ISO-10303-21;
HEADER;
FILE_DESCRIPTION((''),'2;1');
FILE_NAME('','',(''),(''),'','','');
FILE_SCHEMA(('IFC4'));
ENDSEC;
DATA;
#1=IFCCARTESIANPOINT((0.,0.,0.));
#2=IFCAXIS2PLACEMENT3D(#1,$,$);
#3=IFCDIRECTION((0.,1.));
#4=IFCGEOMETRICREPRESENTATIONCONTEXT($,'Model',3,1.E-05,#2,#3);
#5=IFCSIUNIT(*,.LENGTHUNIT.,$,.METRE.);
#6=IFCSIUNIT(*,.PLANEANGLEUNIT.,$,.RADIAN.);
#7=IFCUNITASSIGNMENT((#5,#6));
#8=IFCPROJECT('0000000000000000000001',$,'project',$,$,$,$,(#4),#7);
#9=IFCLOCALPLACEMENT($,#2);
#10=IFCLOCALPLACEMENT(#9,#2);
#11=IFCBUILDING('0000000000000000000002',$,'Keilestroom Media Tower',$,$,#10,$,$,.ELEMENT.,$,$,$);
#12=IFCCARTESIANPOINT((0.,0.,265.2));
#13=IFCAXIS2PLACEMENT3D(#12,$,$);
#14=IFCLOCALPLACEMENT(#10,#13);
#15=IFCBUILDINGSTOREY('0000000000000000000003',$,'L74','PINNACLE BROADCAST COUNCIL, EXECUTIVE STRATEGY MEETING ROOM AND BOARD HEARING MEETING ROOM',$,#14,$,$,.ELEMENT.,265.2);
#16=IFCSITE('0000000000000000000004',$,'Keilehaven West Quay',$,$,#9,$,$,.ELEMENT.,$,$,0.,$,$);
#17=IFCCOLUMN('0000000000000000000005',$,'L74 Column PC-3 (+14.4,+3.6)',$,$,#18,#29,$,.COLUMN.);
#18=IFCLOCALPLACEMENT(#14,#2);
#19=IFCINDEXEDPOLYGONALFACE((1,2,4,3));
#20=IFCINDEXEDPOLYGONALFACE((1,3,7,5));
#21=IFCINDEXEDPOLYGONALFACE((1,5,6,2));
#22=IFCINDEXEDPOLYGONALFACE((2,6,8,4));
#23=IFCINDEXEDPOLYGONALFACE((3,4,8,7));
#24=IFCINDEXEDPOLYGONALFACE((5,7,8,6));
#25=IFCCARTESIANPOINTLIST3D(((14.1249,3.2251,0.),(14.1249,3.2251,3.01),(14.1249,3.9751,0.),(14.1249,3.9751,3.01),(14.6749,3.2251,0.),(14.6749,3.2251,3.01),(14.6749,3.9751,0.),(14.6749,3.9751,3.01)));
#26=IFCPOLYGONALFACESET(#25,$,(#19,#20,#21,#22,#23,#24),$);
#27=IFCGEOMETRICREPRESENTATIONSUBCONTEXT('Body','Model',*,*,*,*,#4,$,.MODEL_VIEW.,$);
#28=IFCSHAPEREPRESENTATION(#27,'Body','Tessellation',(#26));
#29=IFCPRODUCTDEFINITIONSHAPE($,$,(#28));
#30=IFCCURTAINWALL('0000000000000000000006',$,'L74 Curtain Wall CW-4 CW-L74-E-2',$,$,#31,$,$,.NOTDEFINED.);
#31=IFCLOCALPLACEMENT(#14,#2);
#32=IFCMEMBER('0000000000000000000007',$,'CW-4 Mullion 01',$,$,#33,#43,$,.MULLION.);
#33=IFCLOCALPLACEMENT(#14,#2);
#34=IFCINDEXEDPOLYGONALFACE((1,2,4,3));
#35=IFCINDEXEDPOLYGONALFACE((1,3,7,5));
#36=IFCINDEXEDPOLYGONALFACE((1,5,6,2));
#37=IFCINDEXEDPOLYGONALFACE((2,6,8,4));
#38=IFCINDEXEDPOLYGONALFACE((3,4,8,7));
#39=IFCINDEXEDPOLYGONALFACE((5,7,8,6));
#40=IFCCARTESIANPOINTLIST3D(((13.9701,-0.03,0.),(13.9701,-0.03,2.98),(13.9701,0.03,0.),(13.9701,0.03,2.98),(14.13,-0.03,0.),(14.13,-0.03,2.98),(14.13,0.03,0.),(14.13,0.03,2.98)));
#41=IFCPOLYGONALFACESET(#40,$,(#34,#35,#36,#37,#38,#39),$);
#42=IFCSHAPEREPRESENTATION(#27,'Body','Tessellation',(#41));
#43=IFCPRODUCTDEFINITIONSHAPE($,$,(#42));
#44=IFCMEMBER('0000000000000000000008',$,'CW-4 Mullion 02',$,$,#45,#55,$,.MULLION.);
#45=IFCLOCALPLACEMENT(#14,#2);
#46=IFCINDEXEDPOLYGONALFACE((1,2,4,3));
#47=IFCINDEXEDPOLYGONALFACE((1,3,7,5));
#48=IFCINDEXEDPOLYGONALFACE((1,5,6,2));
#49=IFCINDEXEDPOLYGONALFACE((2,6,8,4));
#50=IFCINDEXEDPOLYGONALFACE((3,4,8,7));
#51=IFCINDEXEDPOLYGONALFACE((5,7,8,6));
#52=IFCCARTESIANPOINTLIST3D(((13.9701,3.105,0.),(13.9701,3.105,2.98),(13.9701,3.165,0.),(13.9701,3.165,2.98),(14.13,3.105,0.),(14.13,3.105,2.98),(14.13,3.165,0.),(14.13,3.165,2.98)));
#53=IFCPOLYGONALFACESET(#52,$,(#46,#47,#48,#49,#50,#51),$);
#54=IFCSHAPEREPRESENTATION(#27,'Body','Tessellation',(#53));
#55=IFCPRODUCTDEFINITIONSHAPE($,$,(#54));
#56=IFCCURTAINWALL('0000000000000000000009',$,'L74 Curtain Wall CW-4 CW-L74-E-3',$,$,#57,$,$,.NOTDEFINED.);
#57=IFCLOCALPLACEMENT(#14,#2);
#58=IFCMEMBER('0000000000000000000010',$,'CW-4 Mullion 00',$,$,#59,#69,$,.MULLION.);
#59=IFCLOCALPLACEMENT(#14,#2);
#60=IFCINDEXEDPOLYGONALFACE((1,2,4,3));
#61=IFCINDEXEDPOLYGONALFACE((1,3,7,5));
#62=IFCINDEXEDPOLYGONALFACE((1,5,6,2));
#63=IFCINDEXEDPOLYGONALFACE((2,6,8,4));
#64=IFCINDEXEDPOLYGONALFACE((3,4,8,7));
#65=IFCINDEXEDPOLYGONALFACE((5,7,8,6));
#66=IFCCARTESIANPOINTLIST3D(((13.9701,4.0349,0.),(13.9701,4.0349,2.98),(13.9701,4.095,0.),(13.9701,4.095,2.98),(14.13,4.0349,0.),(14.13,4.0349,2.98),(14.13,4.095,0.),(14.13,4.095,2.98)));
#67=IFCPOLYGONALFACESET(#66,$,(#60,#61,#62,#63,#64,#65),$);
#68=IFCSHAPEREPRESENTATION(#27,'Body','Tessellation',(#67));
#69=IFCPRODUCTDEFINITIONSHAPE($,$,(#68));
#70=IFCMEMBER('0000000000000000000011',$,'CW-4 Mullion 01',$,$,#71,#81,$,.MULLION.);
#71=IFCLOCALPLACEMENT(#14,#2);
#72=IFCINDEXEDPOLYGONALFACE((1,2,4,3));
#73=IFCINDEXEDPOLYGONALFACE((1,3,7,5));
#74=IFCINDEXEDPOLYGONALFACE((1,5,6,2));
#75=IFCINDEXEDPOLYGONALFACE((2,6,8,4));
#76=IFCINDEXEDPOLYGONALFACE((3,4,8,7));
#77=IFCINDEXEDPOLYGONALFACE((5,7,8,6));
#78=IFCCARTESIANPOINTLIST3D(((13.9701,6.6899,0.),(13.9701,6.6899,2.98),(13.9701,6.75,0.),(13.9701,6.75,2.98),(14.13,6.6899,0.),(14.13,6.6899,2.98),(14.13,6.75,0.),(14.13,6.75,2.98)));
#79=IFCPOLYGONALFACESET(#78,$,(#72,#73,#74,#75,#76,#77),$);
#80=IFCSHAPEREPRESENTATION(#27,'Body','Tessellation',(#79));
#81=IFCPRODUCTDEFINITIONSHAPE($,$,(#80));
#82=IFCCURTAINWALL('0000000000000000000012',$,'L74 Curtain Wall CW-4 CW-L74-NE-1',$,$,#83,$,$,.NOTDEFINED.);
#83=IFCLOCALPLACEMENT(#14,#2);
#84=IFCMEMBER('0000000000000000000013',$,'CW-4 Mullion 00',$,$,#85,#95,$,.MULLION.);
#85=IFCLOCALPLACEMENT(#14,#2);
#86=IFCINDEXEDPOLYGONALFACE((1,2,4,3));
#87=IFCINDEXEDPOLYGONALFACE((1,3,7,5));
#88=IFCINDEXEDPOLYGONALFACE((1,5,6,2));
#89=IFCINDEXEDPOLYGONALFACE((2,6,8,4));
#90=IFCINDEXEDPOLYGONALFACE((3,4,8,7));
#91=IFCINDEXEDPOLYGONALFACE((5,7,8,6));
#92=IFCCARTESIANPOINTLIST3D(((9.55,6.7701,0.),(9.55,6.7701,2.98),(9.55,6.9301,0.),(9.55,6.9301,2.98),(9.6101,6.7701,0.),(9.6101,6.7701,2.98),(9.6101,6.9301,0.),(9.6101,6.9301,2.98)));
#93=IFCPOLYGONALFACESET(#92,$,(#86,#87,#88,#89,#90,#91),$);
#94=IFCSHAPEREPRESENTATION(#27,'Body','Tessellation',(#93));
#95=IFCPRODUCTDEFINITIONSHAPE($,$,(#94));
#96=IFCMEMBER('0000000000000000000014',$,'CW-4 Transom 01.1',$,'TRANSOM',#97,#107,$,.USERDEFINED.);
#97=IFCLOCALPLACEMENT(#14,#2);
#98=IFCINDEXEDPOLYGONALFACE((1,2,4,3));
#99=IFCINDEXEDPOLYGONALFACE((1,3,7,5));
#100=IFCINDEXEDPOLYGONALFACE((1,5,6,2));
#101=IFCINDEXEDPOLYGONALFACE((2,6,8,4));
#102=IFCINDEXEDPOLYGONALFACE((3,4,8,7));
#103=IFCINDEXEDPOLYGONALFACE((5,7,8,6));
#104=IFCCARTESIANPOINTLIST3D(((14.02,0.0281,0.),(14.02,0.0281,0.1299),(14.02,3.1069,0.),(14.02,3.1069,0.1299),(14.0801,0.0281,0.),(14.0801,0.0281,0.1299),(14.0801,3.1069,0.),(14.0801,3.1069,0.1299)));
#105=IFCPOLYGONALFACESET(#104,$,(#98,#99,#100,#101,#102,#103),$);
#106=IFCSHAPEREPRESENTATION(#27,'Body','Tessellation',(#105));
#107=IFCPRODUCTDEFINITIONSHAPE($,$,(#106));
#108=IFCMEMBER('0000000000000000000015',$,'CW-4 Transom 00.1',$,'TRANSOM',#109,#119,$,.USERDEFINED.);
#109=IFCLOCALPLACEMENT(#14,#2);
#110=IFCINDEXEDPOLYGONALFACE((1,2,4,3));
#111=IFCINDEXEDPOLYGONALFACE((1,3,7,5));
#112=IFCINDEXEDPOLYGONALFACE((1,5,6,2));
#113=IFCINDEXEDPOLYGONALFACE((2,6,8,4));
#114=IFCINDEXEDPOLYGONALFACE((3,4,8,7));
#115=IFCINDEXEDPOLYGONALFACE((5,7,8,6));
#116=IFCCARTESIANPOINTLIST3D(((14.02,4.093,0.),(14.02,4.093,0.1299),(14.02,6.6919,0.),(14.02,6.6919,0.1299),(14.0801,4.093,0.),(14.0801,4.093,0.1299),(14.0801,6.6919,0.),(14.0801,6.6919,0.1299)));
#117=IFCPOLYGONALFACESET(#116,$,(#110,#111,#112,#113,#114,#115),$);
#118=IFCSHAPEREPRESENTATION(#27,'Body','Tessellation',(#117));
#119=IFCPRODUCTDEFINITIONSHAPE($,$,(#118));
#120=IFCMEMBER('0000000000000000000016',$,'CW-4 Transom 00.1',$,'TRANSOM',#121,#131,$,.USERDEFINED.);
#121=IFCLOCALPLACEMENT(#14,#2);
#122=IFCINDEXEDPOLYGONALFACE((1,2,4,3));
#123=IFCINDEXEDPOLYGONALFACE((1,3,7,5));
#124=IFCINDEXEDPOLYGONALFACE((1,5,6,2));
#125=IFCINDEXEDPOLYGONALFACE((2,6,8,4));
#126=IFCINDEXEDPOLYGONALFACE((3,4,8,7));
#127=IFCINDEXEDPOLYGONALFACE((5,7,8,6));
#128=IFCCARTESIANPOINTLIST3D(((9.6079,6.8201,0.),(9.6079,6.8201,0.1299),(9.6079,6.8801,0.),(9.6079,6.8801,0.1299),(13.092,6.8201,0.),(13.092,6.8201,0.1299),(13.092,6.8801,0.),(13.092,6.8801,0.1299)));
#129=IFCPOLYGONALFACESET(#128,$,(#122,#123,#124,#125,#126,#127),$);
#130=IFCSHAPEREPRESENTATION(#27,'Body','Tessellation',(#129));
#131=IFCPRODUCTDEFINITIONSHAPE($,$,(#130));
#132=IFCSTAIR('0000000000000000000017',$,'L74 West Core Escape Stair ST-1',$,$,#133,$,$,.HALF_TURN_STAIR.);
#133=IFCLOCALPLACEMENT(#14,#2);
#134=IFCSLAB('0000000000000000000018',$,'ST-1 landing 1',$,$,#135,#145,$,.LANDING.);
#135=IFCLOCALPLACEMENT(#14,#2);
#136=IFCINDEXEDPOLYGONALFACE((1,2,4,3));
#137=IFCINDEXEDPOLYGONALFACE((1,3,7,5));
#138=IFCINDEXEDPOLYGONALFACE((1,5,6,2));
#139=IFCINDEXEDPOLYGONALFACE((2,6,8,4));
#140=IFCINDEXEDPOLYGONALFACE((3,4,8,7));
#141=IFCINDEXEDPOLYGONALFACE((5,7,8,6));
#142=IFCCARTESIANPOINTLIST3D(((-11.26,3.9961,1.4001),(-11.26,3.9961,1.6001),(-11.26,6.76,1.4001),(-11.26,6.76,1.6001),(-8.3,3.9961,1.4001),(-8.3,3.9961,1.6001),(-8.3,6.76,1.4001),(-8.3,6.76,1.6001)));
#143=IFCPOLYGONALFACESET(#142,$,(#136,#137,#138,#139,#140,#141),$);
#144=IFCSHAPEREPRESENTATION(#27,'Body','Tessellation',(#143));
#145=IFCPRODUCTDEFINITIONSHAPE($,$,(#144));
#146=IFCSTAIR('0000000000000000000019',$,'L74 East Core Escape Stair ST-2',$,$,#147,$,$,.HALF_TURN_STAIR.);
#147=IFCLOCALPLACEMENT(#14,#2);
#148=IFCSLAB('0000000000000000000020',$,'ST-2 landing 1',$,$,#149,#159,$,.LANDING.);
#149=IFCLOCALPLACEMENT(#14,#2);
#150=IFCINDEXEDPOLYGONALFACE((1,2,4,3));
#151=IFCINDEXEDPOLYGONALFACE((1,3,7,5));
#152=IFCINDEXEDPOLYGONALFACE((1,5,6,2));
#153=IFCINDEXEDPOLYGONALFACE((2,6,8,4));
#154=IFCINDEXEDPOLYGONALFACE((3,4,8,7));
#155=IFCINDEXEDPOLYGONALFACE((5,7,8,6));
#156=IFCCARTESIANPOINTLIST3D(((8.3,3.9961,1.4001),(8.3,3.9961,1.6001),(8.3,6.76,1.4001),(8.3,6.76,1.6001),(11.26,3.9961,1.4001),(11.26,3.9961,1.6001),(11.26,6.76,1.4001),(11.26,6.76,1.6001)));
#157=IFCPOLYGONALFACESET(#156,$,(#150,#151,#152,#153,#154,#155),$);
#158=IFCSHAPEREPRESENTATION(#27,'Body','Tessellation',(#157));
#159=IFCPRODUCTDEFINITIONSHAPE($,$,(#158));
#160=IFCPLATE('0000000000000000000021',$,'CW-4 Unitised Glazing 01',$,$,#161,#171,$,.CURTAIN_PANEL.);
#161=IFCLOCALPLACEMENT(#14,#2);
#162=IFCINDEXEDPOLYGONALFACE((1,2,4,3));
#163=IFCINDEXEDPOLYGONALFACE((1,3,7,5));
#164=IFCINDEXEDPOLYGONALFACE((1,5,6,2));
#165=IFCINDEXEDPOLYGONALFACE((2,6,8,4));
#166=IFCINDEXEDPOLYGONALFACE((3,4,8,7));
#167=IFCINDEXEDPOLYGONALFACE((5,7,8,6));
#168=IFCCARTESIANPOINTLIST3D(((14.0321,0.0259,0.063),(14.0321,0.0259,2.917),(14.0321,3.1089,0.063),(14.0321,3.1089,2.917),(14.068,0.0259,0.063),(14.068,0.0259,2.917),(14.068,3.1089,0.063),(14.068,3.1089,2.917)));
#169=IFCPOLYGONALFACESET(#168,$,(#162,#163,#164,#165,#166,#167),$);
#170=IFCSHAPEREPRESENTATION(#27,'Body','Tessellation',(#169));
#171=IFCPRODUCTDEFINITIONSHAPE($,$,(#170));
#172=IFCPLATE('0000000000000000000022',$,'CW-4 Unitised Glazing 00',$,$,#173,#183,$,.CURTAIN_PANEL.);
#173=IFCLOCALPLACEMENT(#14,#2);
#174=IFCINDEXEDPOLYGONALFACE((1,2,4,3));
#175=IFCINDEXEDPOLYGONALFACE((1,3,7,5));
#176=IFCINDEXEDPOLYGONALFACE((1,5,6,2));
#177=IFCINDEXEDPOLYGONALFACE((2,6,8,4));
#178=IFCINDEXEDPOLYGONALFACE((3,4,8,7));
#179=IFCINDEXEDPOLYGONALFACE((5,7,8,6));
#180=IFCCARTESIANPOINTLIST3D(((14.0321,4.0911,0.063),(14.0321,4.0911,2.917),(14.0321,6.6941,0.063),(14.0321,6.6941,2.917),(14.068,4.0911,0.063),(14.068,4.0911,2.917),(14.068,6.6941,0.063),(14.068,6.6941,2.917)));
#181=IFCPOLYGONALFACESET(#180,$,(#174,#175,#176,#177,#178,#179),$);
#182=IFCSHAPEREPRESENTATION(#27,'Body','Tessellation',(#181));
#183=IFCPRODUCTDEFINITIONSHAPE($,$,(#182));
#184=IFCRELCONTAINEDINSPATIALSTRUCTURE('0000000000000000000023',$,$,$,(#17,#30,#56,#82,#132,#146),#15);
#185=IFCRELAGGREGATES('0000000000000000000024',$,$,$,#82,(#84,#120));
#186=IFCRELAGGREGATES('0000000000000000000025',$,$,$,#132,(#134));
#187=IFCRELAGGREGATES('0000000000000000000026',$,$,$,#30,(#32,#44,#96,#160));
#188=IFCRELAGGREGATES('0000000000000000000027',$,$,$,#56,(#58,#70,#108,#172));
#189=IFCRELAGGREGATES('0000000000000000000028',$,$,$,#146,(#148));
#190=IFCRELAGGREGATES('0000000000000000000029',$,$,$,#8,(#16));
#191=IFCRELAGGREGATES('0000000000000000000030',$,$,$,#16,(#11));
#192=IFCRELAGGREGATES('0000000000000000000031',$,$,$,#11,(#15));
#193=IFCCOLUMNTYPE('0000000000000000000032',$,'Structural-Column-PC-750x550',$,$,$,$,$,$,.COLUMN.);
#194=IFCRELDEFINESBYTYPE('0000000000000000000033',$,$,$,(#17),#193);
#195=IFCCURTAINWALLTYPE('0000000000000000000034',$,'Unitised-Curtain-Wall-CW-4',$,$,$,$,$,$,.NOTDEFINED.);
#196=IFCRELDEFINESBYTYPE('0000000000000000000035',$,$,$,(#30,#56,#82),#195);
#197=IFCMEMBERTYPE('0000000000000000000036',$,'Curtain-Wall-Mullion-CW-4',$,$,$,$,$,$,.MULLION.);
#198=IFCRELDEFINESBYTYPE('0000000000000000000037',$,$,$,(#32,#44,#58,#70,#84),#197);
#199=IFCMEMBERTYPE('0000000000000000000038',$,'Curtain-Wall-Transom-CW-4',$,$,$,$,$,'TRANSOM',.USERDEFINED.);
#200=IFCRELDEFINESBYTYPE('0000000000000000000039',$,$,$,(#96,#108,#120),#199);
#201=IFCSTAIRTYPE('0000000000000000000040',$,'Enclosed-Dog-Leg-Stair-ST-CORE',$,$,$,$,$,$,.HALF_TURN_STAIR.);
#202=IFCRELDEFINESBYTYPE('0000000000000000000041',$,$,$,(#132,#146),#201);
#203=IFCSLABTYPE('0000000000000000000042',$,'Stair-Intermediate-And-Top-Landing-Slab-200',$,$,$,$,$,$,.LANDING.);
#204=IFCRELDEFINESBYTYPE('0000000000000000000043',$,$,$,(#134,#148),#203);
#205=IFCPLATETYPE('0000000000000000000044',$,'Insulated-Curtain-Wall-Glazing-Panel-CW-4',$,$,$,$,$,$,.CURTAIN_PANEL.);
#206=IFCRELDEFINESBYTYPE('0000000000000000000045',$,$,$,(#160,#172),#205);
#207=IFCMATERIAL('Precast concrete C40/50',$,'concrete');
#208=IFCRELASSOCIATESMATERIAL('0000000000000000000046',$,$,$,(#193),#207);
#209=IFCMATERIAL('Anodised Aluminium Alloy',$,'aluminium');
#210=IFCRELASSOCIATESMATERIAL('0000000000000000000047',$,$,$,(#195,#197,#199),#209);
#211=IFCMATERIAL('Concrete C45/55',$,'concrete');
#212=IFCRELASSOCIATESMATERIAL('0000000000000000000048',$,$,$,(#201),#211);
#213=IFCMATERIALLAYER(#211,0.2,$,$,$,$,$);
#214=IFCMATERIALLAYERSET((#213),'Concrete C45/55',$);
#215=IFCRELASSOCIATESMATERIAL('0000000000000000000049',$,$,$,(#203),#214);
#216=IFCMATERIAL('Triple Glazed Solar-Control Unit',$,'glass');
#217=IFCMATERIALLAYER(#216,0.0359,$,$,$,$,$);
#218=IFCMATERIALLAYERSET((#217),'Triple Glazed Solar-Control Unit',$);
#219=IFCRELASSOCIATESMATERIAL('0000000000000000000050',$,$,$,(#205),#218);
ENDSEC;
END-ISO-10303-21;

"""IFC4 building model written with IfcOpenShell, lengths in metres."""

from ifc_helpers import new_model, si_unit, direction, frame, origin, origin_2d, place, context, subcontext, project, spatial, polyline, rectangle, outline, extrude, source, transform, mapped, material, layer, layer_set, material_profile, profile_set, type_object, element, aggregate, save


model = new_model("IFC4")

# Units and contexts
model_context = context("Model", 3, precision=1e-05, world=origin(), true_north=direction((0.0, 1.0)))
body_context = subcontext(model_context, "Body", "Model", "MODEL_VIEW")
ifc_project = project(units=[si_unit("LENGTHUNIT", "METRE"), si_unit("PLANEANGLEUNIT", "RADIAN")], contexts=[model_context])

# Site, building, storey
site_placement = place(None, origin())
site = spatial("IfcSite", under=ifc_project, at=site_placement, Name="Keilehaven West Quay", CompositionType="ELEMENT", RefElevation=0.0)
building_placement = place(site_placement, origin())
building = spatial("IfcBuilding", under=site, at=building_placement, Name="Keilestroom Media Tower", CompositionType="ELEMENT")
storey_placement = place(building_placement, frame((0.0, 0.0, 265.2)))
storey = spatial("IfcBuildingStorey", under=building, at=storey_placement, Name="L74", Description="PINNACLE BROADCAST COUNCIL, EXECUTIVE STRATEGY MEETING ROOM AND BOARD HEARING MEETING ROOM", CompositionType="ELEMENT", Elevation=265.2)

# Column
ifc_material_1 = material(Name="Precast concrete C40/50", Category="concrete")
ifc_material_profile_1 = material_profile(ifc_material_1, rectangle(XDim=0.55, YDim=0.75, at=origin_2d()), Name="PC 750x550")
ifc_profile_set_1 = profile_set([ifc_material_profile_1], Name="Precast concrete C40/50")
column_type = type_object("IfcColumnType", Name="Structural-Column-PC-750x550", PredefinedType="COLUMN", material=ifc_profile_set_1)
shared_shape_1 = source(origin(), body_context, "Body", "SweptSolid", [
    extrude(rectangle(XDim=0.55, YDim=0.75, at=origin_2d()), origin(), (0.0, 0.0, 1.0), 3.01),
])
column_placement = place(storey_placement, frame((14.3999, 3.6001, 0.0), z_axis=(0.0, 0.0, 1.0), x_axis=(1.0, 0.0, 0.0)))
element("IfcColumn", 1, at=column_placement, inside=storey, type_object=column_type, Name="L74 Column PC-3 (+14.4,+3.6)", PredefinedType="COLUMN", context=body_context, shape_type="MappedRepresentation", body=[
    mapped(shared_shape_1, transform((0.0, 0.0, 0.0), x_axis=(1.0, 0.0, 0.0), y_axis=(0.0, 1.0, 0.0), z_axis=(0.0, 0.0, 1.0), scale=1.0)),
])

# Curtain walls, members
ifc_material_2 = material(Name="Anodised Aluminium Alloy", Category="aluminium")
curtain_wall_type = type_object("IfcCurtainWallType", Name="Unitised-Curtain-Wall-CW-4", PredefinedType="NOTDEFINED", material=ifc_material_2)
curtain_wall_1_placement = place(storey_placement, origin())
curtain_wall_1 = element("IfcCurtainWall", 2, at=curtain_wall_1_placement, inside=storey, type_object=curtain_wall_type, Name="L74 Curtain Wall CW-4 CW-L74-E-2", PredefinedType="NOTDEFINED")
ifc_material_profile_2 = material_profile(ifc_material_2, rectangle(XDim=0.0601, YDim=0.1599, at=origin_2d()), Name="ALU MULLION 60x160")
ifc_profile_set_2 = profile_set([ifc_material_profile_2], Name="Anodised Aluminium Alloy")
member_type_1 = type_object("IfcMemberType", Name="Curtain-Wall-Mullion-CW-4", PredefinedType="MULLION", material=ifc_profile_set_2)
shared_shape_2 = source(origin(), body_context, "Body", "SweptSolid", [
    extrude(rectangle(XDim=0.0601, YDim=0.1599, at=origin_2d()), origin(), (0.0, 0.0, 1.0), 2.98),
])
member_1_placement = place(storey_placement, frame((14.05, 0.0, 0.0), z_axis=(0.0, 0.0, 1.0), x_axis=(0.0, 1.0, 0.0)))
member_1 = element("IfcMember", 3, at=member_1_placement, type_object=member_type_1, Name="CW-4 Mullion 01", PredefinedType="MULLION", context=body_context, shape_type="MappedRepresentation", body=[
    mapped(shared_shape_2, transform((0.0, 0.0, 0.0), x_axis=(1.0, 0.0, 0.0), y_axis=(0.0, 1.0, 0.0), z_axis=(0.0, 0.0, 1.0), scale=1.0)),
])
member_2_placement = place(storey_placement, frame((14.05, 3.135, 0.0), z_axis=(0.0, 0.0, 1.0), x_axis=(0.0, 1.0, 0.0)))
member_2 = element("IfcMember", 4, at=member_2_placement, type_object=member_type_1, Name="CW-4 Mullion 02", PredefinedType="MULLION", context=body_context, shape_type="MappedRepresentation", body=[
    mapped(shared_shape_2, transform((0.0, 0.0, 0.0), x_axis=(1.0, 0.0, 0.0), y_axis=(0.0, 1.0, 0.0), z_axis=(0.0, 0.0, 1.0), scale=1.0)),
])
curtain_wall_2_placement = place(storey_placement, origin())
curtain_wall_2 = element("IfcCurtainWall", 5, at=curtain_wall_2_placement, inside=storey, type_object=curtain_wall_type, Name="L74 Curtain Wall CW-4 CW-L74-E-3", PredefinedType="NOTDEFINED")
member_3_placement = place(storey_placement, frame((14.05, 4.0649, 0.0), z_axis=(0.0, 0.0, 1.0), x_axis=(0.0, 1.0, 0.0)))
member_3 = element("IfcMember", 6, at=member_3_placement, type_object=member_type_1, Name="CW-4 Mullion 00", PredefinedType="MULLION", context=body_context, shape_type="MappedRepresentation", body=[
    mapped(shared_shape_2, transform((0.0, 0.0, 0.0), x_axis=(1.0, 0.0, 0.0), y_axis=(0.0, 1.0, 0.0), z_axis=(0.0, 0.0, 1.0), scale=1.0)),
])
member_4_placement = place(storey_placement, frame((14.05, 6.72, 0.0), z_axis=(0.0, 0.0, 1.0), x_axis=(0.0, 1.0, 0.0)))
member_4 = element("IfcMember", 7, at=member_4_placement, type_object=member_type_1, Name="CW-4 Mullion 01", PredefinedType="MULLION", context=body_context, shape_type="MappedRepresentation", body=[
    mapped(shared_shape_2, transform((0.0, 0.0, 0.0), x_axis=(1.0, 0.0, 0.0), y_axis=(0.0, 1.0, 0.0), z_axis=(0.0, 0.0, 1.0), scale=1.0)),
])

# Curtain wall, member
curtain_wall_3_placement = place(storey_placement, origin())
curtain_wall_3 = element("IfcCurtainWall", 8, at=curtain_wall_3_placement, inside=storey, type_object=curtain_wall_type, Name="L74 Curtain Wall CW-4 CW-L74-NE-1", PredefinedType="NOTDEFINED")
member_5_placement = place(storey_placement, frame((9.5801, 6.8501, 0.0), z_axis=(0.0, 0.0, 1.0), x_axis=(1.0, 0.0, 0.0)))
member_5 = element("IfcMember", 9, at=member_5_placement, type_object=member_type_1, Name="CW-4 Mullion 00", PredefinedType="MULLION", context=body_context, shape_type="MappedRepresentation", body=[
    mapped(shared_shape_2, transform((0.0, 0.0, 0.0), x_axis=(1.0, 0.0, 0.0), y_axis=(0.0, 1.0, 0.0), z_axis=(0.0, 0.0, 1.0), scale=1.0)),
])

# Members
ifc_material_profile_3 = material_profile(ifc_material_2, rectangle(XDim=0.0601, YDim=0.1299, at=origin_2d()), Name="ALU TRANSOM 60x130")
ifc_profile_set_3 = profile_set([ifc_material_profile_3], Name="Anodised Aluminium Alloy")
member_type_2 = type_object("IfcMemberType", Name="Curtain-Wall-Transom-CW-4", ElementType="TRANSOM", PredefinedType="USERDEFINED", material=ifc_profile_set_3)
shared_shape_3 = source(origin(), body_context, "Body", "SweptSolid", [
    extrude(rectangle(XDim=0.0601, YDim=0.1299, at=origin_2d()), origin(), (0.0, 0.0, 1.0), 3.0789),
])
member_6_placement = place(storey_placement, frame((14.05, 0.0281, 0.0649), z_axis=(0.0, 1.0, 0.0), x_axis=(-1.0, 0.0, 0.0)))
member_6 = element("IfcMember", 10, at=member_6_placement, type_object=member_type_2, Name="CW-4 Transom 01.1", ObjectType="TRANSOM", PredefinedType="USERDEFINED", context=body_context, shape_type="MappedRepresentation", body=[
    mapped(shared_shape_3, transform((0.0, 0.0, 0.0), x_axis=(1.0, 0.0, 0.0), y_axis=(0.0, 1.0, 0.0), z_axis=(0.0, 0.0, 1.0), scale=1.0)),
])
shared_shape_4 = source(origin(), body_context, "Body", "SweptSolid", [
    extrude(rectangle(XDim=0.0601, YDim=0.1299, at=origin_2d()), origin(), (0.0, 0.0, 1.0), 2.5989),
])
member_7_placement = place(storey_placement, frame((14.05, 4.093, 0.0649), z_axis=(0.0, 1.0, 0.0), x_axis=(-1.0, 0.0, 0.0)))
member_7 = element("IfcMember", 11, at=member_7_placement, type_object=member_type_2, Name="CW-4 Transom 00.1", ObjectType="TRANSOM", PredefinedType="USERDEFINED", context=body_context, shape_type="MappedRepresentation", body=[
    mapped(shared_shape_4, transform((0.0, 0.0, 0.0), x_axis=(1.0, 0.0, 0.0), y_axis=(0.0, 1.0, 0.0), z_axis=(0.0, 0.0, 1.0), scale=1.0)),
])
shared_shape_5 = source(origin(), body_context, "Body", "SweptSolid", [
    extrude(rectangle(XDim=0.0601, YDim=0.1299, at=origin_2d()), origin(), (0.0, 0.0, 1.0), 3.4841),
])
member_8_placement = place(storey_placement, frame((9.6079, 6.8501, 0.0649), z_axis=(1.0, 0.0, 0.0), x_axis=(0.0, 1.0, 0.0)))
member_8 = element("IfcMember", 12, at=member_8_placement, type_object=member_type_2, Name="CW-4 Transom 00.1", ObjectType="TRANSOM", PredefinedType="USERDEFINED", context=body_context, shape_type="MappedRepresentation", body=[
    mapped(shared_shape_5, transform((0.0, 0.0, 0.0), x_axis=(1.0, 0.0, 0.0), y_axis=(0.0, 1.0, 0.0), z_axis=(0.0, 0.0, 1.0), scale=1.0)),
])
aggregate(curtain_wall_3, [member_5, member_8])

# Stairs, slabs
ifc_material_3 = material(Name="Concrete C45/55", Category="concrete")
stair_type = type_object("IfcStairType", Name="Enclosed-Dog-Leg-Stair-ST-CORE", PredefinedType="HALF_TURN_STAIR", material=ifc_material_3)
stair_1_placement = place(storey_placement, origin())
stair_1 = element("IfcStair", 13, at=stair_1_placement, inside=storey, type_object=stair_type, Name="L74 West Core Escape Stair ST-1", PredefinedType="HALF_TURN_STAIR")
ifc_layer_1 = layer(ifc_material_3, 0.2)
ifc_layer_set_1 = layer_set([ifc_layer_1], Name="Concrete C45/55")
slab_type = type_object("IfcSlabType", Name="Stair-Intermediate-And-Top-Landing-Slab-200", PredefinedType="LANDING", material=ifc_layer_set_1)
slab_1_placement = place(storey_placement, frame((0.0, 0.0, 1.4001)))
slab_1 = element("IfcSlab", 14, at=slab_1_placement, type_object=slab_type, Name="ST-1 landing 1", PredefinedType="LANDING", context=body_context, shape_type="SweptSolid", body=[
    extrude(outline(polyline([(-8.3, 3.9961), (-8.3, 6.76), (-11.26, 6.76), (-11.26, 3.9961), (-8.3, 3.9961)])), origin(), (0.0, 0.0, 1.0), 0.2),
])
aggregate(stair_1, [slab_1])
stair_2_placement = place(storey_placement, origin())
stair_2 = element("IfcStair", 15, at=stair_2_placement, inside=storey, type_object=stair_type, Name="L74 East Core Escape Stair ST-2", PredefinedType="HALF_TURN_STAIR")
slab_2_placement = place(storey_placement, frame((0.0, 0.0, 1.4001)))
slab_2 = element("IfcSlab", 16, at=slab_2_placement, type_object=slab_type, Name="ST-2 landing 1", PredefinedType="LANDING", context=body_context, shape_type="SweptSolid", body=[
    extrude(outline(polyline([(11.26, 3.9961), (11.26, 6.76), (8.3, 6.76), (8.3, 3.9961), (11.26, 3.9961)])), origin(), (0.0, 0.0, 1.0), 0.2),
])

# Plates
ifc_material_4 = material(Name="Triple Glazed Solar-Control Unit", Category="glass")
ifc_layer_2 = layer(ifc_material_4, 0.0359)
ifc_layer_set_2 = layer_set([ifc_layer_2], Name="Triple Glazed Solar-Control Unit")
plate_type = type_object("IfcPlateType", Name="Insulated-Curtain-Wall-Glazing-Panel-CW-4", PredefinedType="CURTAIN_PANEL", material=ifc_layer_set_2)
shared_shape_6 = source(origin(), body_context, "Body", "SweptSolid", [
    extrude(rectangle(XDim=3.083, YDim=0.0359, at=origin_2d()), origin(), (0.0, 0.0, 1.0), 2.854),
])
plate_1_placement = place(storey_placement, frame((14.05, 1.5674, 0.063), z_axis=(0.0, 0.0, 1.0), x_axis=(0.0, 1.0, 0.0)))
plate_1 = element("IfcPlate", 17, at=plate_1_placement, type_object=plate_type, Name="CW-4 Unitised Glazing 01", PredefinedType="CURTAIN_PANEL", context=body_context, shape_type="MappedRepresentation", body=[
    mapped(shared_shape_6, transform((0.0, 0.0, 0.0), x_axis=(1.0, 0.0, 0.0), y_axis=(0.0, 1.0, 0.0), z_axis=(0.0, 0.0, 1.0), scale=1.0)),
])
aggregate(curtain_wall_1, [member_1, member_2, member_6, plate_1])
shared_shape_7 = source(origin(), body_context, "Body", "SweptSolid", [
    extrude(rectangle(XDim=2.603, YDim=0.0359, at=origin_2d()), origin(), (0.0, 0.0, 1.0), 2.854),
])
plate_2_placement = place(storey_placement, frame((14.05, 5.3926, 0.063), z_axis=(0.0, 0.0, 1.0), x_axis=(0.0, 1.0, 0.0)))
plate_2 = element("IfcPlate", 18, at=plate_2_placement, type_object=plate_type, Name="CW-4 Unitised Glazing 00", PredefinedType="CURTAIN_PANEL", context=body_context, shape_type="MappedRepresentation", body=[
    mapped(shared_shape_7, transform((0.0, 0.0, 0.0), x_axis=(1.0, 0.0, 0.0), y_axis=(0.0, 1.0, 0.0), z_axis=(0.0, 0.0, 1.0), scale=1.0)),
])
aggregate(curtain_wall_2, [member_3, member_4, member_7, plate_2])

aggregate(stair_2, [slab_2])

save(model, "model.ifc")
